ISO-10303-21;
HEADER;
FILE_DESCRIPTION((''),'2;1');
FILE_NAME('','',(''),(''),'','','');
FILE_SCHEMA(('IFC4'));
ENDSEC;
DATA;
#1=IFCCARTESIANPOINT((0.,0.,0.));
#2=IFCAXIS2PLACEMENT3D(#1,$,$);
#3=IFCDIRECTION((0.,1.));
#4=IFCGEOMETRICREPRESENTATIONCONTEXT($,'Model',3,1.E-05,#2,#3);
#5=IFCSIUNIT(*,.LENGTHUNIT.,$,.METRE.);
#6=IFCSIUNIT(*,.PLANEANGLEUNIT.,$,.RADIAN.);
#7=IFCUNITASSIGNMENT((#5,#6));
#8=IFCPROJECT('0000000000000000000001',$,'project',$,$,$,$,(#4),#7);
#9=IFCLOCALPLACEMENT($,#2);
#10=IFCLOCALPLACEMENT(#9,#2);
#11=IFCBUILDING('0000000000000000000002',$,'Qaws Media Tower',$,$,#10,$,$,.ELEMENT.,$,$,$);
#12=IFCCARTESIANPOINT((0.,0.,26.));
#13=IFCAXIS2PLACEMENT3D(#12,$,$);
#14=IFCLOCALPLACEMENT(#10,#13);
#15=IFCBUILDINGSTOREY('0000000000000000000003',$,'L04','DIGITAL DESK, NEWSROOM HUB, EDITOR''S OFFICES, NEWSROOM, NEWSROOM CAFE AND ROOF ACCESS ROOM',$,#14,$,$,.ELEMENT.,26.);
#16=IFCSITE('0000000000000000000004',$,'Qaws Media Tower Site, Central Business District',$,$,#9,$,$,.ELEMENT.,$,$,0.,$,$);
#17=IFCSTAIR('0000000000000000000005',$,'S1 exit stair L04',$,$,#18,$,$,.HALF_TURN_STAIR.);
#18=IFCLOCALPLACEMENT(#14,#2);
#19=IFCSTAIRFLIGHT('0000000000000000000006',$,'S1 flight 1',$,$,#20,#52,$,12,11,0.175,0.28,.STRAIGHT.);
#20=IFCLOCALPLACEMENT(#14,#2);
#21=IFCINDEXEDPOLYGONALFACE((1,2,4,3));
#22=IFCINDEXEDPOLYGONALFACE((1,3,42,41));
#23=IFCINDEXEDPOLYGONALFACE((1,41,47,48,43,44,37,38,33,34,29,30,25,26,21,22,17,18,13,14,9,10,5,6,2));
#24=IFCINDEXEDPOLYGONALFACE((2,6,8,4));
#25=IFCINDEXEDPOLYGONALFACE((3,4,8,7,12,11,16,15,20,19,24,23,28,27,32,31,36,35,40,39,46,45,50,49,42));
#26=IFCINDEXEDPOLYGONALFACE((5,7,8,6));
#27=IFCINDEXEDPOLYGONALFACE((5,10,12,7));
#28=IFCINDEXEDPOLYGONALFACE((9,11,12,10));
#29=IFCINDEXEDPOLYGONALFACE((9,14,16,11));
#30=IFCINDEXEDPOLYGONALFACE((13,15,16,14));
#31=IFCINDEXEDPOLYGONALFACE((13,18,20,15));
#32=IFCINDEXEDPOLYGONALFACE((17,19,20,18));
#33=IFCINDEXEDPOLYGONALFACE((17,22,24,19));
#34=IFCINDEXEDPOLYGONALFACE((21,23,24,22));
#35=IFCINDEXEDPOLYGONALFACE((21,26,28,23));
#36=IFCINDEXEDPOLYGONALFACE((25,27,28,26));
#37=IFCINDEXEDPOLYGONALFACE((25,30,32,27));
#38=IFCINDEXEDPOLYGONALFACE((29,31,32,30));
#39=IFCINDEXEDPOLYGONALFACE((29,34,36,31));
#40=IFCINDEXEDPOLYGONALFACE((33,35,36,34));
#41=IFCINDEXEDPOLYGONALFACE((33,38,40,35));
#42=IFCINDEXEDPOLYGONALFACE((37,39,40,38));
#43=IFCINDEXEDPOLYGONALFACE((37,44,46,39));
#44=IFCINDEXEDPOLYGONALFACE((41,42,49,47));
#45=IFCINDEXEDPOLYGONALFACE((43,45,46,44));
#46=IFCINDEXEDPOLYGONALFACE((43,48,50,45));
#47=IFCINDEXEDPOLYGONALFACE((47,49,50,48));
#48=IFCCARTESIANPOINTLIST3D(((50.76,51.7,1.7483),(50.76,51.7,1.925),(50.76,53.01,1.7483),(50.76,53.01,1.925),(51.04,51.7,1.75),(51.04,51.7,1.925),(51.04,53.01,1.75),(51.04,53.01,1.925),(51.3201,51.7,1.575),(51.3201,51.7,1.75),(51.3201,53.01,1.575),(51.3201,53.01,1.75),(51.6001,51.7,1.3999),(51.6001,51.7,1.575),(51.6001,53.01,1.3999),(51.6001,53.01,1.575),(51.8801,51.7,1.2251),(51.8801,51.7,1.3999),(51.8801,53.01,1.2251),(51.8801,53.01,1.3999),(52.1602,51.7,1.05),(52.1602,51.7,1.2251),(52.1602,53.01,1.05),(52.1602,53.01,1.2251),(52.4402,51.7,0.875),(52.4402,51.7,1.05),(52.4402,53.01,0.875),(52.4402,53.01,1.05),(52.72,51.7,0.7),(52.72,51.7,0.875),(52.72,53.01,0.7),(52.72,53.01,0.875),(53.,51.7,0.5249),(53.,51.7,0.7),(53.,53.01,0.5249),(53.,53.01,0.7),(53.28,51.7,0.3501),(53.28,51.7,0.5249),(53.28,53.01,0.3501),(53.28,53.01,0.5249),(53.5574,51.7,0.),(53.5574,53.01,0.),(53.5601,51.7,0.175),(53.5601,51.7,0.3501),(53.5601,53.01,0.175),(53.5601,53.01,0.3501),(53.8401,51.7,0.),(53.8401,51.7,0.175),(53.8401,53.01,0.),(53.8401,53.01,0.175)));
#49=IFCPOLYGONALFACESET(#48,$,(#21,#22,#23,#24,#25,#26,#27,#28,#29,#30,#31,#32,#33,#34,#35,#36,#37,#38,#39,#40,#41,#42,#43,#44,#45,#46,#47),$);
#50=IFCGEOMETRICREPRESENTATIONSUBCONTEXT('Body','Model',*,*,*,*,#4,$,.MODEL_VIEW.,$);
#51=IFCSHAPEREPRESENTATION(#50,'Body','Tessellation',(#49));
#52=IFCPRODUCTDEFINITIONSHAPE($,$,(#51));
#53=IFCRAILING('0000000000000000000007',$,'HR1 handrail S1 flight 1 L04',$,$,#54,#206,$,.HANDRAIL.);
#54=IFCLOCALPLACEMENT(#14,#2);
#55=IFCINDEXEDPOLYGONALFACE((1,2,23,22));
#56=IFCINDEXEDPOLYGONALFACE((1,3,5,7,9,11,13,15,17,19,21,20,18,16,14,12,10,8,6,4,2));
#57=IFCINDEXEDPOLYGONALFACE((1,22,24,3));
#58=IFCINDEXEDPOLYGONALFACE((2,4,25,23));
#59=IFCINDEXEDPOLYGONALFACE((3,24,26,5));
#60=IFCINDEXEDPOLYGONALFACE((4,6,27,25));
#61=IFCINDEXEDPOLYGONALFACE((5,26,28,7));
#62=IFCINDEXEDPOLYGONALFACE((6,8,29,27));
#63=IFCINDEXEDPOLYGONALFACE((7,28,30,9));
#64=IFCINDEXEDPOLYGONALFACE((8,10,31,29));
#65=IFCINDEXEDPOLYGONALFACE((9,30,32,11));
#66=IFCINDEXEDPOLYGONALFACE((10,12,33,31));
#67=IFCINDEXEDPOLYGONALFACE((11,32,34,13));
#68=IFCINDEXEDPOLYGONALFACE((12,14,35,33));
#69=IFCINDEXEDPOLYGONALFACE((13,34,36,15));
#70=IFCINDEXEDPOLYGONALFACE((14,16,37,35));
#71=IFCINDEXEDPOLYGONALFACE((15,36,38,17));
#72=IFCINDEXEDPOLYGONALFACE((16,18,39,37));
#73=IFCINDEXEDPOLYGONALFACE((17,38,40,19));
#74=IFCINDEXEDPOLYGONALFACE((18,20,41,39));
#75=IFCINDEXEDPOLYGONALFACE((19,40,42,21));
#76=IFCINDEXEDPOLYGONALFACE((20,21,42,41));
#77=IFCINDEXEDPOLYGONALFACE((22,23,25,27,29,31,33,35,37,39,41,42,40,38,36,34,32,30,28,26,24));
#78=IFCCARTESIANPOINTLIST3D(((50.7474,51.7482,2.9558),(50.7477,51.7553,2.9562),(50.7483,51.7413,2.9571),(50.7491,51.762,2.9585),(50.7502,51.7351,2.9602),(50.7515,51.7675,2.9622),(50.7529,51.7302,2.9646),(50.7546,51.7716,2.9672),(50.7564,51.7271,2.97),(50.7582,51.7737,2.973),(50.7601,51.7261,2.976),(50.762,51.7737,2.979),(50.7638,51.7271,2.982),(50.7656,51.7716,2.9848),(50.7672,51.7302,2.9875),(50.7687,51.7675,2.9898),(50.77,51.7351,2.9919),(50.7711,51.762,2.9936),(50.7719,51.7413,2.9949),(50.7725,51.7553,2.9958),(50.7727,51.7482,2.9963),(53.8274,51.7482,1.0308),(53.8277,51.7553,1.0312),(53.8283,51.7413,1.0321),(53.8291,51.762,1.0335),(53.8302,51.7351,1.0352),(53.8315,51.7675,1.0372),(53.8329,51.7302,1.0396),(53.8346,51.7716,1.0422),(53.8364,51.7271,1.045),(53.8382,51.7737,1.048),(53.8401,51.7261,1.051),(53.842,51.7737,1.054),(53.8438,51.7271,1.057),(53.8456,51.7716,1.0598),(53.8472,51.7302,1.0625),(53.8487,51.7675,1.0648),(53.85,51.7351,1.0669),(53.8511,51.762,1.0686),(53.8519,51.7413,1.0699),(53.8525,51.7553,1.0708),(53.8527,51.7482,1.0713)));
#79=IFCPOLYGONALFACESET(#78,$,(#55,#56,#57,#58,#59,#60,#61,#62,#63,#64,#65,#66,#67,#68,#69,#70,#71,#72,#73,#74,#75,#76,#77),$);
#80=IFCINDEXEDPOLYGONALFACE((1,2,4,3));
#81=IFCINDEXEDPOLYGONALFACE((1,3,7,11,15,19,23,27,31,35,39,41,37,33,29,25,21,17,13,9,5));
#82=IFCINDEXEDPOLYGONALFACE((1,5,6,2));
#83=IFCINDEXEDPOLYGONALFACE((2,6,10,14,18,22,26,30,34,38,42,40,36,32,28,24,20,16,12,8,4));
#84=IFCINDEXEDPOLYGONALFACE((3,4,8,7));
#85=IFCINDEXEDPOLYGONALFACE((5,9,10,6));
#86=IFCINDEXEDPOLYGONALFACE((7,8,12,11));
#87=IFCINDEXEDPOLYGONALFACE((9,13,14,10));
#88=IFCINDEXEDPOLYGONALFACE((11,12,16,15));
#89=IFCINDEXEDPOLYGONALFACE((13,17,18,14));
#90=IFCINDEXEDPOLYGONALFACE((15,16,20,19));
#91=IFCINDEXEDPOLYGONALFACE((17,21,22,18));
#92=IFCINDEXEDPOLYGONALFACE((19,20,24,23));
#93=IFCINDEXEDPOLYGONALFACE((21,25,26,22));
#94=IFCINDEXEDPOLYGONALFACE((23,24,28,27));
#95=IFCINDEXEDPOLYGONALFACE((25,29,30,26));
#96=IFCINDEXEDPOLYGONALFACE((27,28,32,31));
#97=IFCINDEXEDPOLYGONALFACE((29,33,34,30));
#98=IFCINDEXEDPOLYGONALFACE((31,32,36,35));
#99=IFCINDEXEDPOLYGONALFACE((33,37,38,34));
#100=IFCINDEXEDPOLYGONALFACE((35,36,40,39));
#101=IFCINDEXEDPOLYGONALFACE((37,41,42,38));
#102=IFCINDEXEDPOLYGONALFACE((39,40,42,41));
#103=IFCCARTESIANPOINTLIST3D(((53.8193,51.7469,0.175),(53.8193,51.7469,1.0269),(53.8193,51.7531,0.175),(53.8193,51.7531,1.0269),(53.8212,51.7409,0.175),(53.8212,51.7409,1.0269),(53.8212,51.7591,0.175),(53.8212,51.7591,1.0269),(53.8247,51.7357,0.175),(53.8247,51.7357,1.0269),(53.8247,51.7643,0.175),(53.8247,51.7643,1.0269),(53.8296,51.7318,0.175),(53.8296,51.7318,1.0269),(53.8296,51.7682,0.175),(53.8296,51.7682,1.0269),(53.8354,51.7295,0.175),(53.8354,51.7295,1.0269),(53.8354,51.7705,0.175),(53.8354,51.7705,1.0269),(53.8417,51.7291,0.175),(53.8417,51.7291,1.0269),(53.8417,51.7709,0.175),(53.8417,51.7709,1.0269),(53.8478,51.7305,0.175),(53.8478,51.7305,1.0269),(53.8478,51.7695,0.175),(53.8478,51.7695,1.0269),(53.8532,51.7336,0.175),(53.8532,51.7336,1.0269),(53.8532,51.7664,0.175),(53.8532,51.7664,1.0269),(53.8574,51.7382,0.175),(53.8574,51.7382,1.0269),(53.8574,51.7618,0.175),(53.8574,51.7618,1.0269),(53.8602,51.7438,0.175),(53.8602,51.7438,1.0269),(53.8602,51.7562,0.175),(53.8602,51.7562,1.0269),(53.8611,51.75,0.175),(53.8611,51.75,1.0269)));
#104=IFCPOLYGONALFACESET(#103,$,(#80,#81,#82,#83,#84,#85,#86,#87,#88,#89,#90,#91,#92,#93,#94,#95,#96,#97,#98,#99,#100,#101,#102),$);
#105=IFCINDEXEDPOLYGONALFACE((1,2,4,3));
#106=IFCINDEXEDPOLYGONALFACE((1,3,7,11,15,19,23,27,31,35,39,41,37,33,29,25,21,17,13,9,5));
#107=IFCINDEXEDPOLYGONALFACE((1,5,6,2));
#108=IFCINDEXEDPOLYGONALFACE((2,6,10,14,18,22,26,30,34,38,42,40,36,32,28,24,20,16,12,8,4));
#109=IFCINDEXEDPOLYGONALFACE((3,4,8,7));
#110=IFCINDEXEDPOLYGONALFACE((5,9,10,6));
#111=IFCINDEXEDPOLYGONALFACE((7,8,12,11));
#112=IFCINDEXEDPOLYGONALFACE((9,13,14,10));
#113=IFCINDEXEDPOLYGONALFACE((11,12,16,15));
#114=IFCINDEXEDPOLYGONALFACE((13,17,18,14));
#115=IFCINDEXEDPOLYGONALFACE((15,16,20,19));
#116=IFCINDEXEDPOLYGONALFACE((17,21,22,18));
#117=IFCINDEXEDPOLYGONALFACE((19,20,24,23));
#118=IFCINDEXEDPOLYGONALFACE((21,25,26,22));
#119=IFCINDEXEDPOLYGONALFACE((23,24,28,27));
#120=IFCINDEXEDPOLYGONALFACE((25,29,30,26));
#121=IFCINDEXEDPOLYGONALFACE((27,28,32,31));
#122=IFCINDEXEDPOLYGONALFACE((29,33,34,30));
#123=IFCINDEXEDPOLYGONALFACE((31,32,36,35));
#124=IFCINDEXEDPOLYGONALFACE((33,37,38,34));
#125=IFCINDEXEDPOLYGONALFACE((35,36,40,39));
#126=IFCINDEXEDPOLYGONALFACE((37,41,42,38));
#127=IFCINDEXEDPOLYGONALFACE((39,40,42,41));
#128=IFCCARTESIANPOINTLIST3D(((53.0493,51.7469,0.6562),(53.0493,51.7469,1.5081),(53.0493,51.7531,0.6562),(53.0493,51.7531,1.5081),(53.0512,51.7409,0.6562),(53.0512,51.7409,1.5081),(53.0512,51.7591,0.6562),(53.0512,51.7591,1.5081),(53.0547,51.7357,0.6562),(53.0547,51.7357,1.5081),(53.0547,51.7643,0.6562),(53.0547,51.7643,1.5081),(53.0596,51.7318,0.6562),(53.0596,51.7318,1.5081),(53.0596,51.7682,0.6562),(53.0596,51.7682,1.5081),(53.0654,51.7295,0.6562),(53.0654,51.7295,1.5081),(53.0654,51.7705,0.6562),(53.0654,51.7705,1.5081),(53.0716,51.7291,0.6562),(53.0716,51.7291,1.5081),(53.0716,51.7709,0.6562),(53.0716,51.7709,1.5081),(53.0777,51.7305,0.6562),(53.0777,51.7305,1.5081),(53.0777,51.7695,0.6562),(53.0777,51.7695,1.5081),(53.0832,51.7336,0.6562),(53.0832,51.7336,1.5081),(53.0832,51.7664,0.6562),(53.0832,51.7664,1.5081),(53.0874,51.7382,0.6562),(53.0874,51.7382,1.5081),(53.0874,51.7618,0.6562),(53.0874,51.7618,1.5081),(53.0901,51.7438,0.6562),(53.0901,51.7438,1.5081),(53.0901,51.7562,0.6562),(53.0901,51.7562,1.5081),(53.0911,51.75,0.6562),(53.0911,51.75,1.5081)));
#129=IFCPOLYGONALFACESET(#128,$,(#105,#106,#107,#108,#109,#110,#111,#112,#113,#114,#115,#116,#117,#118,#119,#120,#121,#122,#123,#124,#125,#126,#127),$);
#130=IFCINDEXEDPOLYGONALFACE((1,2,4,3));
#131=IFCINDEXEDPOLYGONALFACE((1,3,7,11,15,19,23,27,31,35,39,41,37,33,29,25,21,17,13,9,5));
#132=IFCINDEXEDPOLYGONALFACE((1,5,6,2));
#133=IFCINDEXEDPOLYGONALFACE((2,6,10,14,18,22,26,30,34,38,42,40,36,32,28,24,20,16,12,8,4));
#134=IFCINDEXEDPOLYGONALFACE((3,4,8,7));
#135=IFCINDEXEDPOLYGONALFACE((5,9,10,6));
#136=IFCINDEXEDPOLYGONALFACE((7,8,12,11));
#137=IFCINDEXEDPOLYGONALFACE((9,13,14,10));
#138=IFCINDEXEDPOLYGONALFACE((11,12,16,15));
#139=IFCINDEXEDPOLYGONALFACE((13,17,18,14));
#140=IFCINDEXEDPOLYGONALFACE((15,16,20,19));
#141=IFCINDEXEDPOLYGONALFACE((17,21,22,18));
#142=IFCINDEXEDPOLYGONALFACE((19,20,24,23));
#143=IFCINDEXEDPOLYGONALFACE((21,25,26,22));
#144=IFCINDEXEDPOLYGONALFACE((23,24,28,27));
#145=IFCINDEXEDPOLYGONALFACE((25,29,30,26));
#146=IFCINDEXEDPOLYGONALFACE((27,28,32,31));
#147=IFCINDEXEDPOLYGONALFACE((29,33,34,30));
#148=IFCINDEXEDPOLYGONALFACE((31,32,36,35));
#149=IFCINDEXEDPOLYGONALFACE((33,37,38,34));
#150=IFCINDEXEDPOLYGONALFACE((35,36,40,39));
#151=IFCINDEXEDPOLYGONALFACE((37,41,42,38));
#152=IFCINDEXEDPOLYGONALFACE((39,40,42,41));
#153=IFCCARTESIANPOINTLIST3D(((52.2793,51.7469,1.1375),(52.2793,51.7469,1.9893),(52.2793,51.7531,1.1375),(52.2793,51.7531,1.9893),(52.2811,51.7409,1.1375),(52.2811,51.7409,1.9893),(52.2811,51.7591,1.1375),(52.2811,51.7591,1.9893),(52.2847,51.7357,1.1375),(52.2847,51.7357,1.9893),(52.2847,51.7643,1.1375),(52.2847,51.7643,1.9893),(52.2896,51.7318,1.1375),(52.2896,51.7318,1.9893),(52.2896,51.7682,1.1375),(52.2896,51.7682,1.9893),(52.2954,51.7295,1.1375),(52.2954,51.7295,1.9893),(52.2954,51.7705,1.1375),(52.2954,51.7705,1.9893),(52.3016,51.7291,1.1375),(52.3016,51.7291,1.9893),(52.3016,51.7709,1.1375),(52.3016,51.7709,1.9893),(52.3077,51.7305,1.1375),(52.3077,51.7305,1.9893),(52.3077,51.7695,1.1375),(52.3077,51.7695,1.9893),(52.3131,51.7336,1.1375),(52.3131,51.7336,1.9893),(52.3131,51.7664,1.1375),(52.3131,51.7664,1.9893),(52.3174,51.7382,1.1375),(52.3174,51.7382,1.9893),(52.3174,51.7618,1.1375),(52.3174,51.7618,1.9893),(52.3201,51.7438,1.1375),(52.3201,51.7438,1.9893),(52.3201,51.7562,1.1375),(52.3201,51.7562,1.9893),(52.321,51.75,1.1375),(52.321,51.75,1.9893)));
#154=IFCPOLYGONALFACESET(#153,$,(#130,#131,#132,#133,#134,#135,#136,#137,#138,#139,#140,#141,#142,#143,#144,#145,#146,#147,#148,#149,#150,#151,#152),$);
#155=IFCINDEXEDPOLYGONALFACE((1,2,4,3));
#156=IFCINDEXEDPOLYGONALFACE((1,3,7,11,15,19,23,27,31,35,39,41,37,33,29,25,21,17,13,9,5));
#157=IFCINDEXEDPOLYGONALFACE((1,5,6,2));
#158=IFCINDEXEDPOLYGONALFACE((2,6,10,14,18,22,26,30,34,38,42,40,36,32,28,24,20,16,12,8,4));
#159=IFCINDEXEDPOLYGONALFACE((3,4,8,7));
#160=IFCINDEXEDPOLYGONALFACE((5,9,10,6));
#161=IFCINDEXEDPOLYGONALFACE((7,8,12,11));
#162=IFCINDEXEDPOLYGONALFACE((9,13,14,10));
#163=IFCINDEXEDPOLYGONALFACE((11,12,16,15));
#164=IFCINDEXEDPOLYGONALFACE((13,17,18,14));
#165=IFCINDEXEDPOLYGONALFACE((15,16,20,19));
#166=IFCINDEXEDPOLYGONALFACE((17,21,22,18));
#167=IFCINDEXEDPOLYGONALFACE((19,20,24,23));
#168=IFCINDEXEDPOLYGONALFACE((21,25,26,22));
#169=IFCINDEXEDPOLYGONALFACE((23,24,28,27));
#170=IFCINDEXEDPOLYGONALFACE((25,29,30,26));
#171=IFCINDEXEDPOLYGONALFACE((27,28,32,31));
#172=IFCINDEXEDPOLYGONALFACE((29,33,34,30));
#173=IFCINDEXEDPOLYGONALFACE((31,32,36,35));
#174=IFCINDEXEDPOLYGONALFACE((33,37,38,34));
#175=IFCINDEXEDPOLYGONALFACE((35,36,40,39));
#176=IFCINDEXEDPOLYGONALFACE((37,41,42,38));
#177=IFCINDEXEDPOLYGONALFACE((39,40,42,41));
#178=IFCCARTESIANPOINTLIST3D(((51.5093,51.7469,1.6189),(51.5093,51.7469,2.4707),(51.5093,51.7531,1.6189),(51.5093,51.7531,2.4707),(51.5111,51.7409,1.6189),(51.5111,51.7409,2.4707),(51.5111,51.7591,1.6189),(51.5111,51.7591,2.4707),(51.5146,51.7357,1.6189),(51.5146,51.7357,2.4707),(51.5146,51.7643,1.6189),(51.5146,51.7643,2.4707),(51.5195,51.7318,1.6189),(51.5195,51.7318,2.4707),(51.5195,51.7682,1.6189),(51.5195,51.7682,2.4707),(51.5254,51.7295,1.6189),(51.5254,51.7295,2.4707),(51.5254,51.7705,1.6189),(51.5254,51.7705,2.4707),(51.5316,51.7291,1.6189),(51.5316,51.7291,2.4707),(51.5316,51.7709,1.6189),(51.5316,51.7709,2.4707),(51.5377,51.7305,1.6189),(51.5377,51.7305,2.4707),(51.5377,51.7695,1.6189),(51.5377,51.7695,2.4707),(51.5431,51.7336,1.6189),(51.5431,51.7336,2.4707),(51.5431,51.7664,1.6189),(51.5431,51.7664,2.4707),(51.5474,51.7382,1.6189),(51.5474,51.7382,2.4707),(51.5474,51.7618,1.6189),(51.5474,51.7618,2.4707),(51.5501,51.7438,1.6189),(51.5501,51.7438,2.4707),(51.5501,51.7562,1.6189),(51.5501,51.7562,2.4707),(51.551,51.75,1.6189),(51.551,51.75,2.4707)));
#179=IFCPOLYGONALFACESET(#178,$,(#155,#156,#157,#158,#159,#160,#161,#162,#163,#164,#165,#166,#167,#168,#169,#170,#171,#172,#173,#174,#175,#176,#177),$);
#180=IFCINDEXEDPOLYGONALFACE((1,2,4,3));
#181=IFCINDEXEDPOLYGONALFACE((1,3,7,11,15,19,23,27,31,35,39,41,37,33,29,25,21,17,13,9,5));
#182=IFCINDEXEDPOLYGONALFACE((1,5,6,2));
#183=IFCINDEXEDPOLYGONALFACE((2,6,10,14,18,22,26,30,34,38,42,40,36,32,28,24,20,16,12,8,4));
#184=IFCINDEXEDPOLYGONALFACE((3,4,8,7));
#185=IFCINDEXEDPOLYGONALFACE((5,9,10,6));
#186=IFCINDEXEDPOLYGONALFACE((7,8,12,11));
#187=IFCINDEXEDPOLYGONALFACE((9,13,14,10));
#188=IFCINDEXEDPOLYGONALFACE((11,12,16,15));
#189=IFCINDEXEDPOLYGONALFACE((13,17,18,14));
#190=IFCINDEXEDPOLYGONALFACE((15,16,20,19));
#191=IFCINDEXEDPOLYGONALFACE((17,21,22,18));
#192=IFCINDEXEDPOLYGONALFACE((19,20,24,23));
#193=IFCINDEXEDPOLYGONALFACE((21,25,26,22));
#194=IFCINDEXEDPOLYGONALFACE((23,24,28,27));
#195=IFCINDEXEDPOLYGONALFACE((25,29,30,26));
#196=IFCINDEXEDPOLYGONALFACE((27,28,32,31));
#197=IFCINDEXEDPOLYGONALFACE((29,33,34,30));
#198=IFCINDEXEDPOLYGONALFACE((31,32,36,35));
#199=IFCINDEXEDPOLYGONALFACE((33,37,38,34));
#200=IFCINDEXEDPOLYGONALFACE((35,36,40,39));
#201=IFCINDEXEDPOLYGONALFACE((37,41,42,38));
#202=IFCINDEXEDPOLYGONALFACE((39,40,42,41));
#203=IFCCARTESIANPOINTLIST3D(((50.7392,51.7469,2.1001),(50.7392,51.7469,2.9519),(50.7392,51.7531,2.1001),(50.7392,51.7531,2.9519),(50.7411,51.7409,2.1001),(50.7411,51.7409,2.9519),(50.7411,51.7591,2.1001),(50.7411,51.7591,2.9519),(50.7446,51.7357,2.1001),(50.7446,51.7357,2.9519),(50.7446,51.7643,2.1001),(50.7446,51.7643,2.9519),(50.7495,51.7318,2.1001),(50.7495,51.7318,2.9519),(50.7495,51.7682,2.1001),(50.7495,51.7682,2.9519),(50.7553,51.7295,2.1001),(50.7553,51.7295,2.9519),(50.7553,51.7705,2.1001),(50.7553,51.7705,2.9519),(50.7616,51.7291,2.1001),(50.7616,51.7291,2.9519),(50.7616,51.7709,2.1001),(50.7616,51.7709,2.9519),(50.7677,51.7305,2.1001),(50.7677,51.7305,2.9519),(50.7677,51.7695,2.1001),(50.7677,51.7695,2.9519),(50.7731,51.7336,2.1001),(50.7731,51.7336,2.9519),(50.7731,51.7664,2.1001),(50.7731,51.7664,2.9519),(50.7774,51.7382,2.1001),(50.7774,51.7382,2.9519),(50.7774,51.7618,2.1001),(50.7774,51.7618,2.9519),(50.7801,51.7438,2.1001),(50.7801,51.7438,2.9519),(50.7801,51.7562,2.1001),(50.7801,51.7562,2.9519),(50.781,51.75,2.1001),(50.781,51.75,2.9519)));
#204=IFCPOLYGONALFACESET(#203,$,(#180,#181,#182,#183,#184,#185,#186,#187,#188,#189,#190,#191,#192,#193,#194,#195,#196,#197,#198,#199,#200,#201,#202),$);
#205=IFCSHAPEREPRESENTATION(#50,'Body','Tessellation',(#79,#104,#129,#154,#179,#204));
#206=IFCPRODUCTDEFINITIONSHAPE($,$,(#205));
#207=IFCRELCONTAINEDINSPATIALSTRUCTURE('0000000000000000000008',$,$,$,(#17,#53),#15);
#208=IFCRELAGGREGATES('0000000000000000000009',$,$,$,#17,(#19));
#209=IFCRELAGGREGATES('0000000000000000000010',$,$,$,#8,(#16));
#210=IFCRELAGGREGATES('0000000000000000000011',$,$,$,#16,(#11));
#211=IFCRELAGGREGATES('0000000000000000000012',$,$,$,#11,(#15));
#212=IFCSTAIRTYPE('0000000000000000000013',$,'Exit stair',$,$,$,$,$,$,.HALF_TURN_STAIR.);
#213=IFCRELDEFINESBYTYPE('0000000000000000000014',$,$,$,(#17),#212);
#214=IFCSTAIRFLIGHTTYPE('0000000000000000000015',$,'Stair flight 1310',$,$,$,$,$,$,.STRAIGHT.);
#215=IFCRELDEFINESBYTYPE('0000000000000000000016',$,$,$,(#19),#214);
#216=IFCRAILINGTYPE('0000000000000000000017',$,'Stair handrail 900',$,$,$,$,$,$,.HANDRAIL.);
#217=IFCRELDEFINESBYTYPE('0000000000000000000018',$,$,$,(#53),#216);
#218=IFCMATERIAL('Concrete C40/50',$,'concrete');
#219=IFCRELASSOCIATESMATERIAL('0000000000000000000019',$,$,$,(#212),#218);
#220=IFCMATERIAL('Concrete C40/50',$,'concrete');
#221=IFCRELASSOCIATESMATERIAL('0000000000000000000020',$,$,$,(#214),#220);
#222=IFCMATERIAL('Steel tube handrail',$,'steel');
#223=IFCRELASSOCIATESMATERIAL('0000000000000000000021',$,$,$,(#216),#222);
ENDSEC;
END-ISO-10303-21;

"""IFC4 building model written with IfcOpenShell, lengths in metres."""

from ifc_helpers import new_model, si_unit, direction, frame, origin, origin_2d, place, context, subcontext, project, spatial, polyline, circle, outline, extrude, material, type_object, element, aggregate, save


model = new_model("IFC4")

# Units and contexts
model_context = context("Model", 3, precision=1e-05, world=origin(), true_north=direction((0.0, 1.0)))
body_context = subcontext(model_context, "Body", "Model", "MODEL_VIEW")
ifc_project = project(units=[si_unit("LENGTHUNIT", "METRE"), si_unit("PLANEANGLEUNIT", "RADIAN")], contexts=[model_context])

# Site, building, storey
site_placement = place(None, origin())
site = spatial("IfcSite", under=ifc_project, at=site_placement, Name="Qaws Media Tower Site, Central Business District", CompositionType="ELEMENT", RefElevation=0.0)
building_placement = place(site_placement, origin())
building = spatial("IfcBuilding", under=site, at=building_placement, Name="Qaws Media Tower", CompositionType="ELEMENT")
storey_placement = place(building_placement, frame((0.0, 0.0, 26.0)))
storey = spatial("IfcBuildingStorey", under=building, at=storey_placement, Name="L04", Description="DIGITAL DESK, NEWSROOM HUB, EDITOR'S OFFICES, NEWSROOM, NEWSROOM CAFE AND ROOF ACCESS ROOM", CompositionType="ELEMENT", Elevation=26.0)

# Stair, stair flight
ifc_material_1 = material(Name="Concrete C40/50", Category="concrete")
stair_type = type_object("IfcStairType", Name="Exit stair", PredefinedType="HALF_TURN_STAIR", material=ifc_material_1)
stair_placement = place(storey_placement, origin())
stair = element("IfcStair", 1, at=stair_placement, inside=storey, type_object=stair_type, Name="S1 exit stair L04", PredefinedType="HALF_TURN_STAIR")
ifc_material_2 = material(Name="Concrete C40/50", Category="concrete")
stair_flight_type = type_object("IfcStairFlightType", Name="Stair flight 1310", PredefinedType="STRAIGHT", material=ifc_material_2)
stair_flight_placement = place(storey_placement, frame((53.8401, 52.355, 0.0), z_axis=(0.0, 0.0, 1.0), x_axis=(-1.0, 0.0, 0.0)))
stair_flight = element("IfcStairFlight", 2, at=stair_flight_placement, type_object=stair_flight_type, Name="S1 flight 1", NumberOfRisers=12, NumberOfTreads=11, PredefinedType="STRAIGHT", RiserHeight=0.175, TreadLength=0.28, context=body_context, shape_type="SweptSolid", body=[
    extrude(outline(polyline([(0.0, 0.0), (0.0, 0.175), (0.28, 0.175), (0.28, 0.3501), (0.5601, 0.3501), (0.5601, 0.5249), (0.8401, 0.5249), (0.8401, 0.7), (1.1201, 0.7), (1.1201, 0.875), (1.3999, 0.875), (1.3999, 1.05), (1.6799, 1.05), (1.6799, 1.2251), (1.96, 1.2251), (1.96, 1.3999), (2.24, 1.3999), (2.24, 1.575), (2.52, 1.575), (2.52, 1.75), (2.8, 1.75), (2.8, 1.925), (3.0801, 1.925), (3.0801, 2.1001), (3.0801, 1.7483), (0.2827, 0.0), (0.0, 0.0)])), frame((0.0, 0.655, 0.0), z_axis=(0.0, -1.0, 0.0), x_axis=(1.0, 0.0, 0.0)), (0.0, 0.0, 1.0), 1.3101),
])
aggregate(stair, [stair_flight])

# Railing
ifc_material_3 = material(Name="Steel tube handrail", Category="steel")
railing_type = type_object("IfcRailingType", Name="Stair handrail 900", PredefinedType="HANDRAIL", material=ifc_material_3)
railing_placement = place(storey_placement, frame((53.8401, 51.75, 0.175)))
element("IfcRailing", 3, at=railing_placement, inside=storey, type_object=railing_type, Name="HR1 handrail S1 flight 1 L04", PredefinedType="HANDRAIL", context=body_context, shape_type="SweptSolid", body=[
    extrude(circle(Radius=0.0239, at=origin_2d()), frame((0.0, 0.0, 0.876), z_axis=(-0.847998, 0.0, 0.529999), x_axis=(0.0, -1.0, 0.0)), (0.0, 0.0, 1.0), 3.6321),
    extrude(circle(Radius=0.021, at=origin_2d()), origin(), (0.0, 0.0, 1.0), 0.8518),
    extrude(circle(Radius=0.021, at=origin_2d()), frame((-0.77, 0.0, 0.4812)), (0.0, 0.0, 1.0), 0.8518),
    extrude(circle(Radius=0.021, at=origin_2d()), frame((-1.54, 0.0, 0.9624)), (0.0, 0.0, 1.0), 0.8518),
    extrude(circle(Radius=0.021, at=origin_2d()), frame((-2.3101, 0.0, 1.4438)), (0.0, 0.0, 1.0), 0.8518),
    extrude(circle(Radius=0.021, at=origin_2d()), frame((-3.0801, 0.0, 1.925)), (0.0, 0.0, 1.0), 0.8518),
])

save(model, "model.ifc")
